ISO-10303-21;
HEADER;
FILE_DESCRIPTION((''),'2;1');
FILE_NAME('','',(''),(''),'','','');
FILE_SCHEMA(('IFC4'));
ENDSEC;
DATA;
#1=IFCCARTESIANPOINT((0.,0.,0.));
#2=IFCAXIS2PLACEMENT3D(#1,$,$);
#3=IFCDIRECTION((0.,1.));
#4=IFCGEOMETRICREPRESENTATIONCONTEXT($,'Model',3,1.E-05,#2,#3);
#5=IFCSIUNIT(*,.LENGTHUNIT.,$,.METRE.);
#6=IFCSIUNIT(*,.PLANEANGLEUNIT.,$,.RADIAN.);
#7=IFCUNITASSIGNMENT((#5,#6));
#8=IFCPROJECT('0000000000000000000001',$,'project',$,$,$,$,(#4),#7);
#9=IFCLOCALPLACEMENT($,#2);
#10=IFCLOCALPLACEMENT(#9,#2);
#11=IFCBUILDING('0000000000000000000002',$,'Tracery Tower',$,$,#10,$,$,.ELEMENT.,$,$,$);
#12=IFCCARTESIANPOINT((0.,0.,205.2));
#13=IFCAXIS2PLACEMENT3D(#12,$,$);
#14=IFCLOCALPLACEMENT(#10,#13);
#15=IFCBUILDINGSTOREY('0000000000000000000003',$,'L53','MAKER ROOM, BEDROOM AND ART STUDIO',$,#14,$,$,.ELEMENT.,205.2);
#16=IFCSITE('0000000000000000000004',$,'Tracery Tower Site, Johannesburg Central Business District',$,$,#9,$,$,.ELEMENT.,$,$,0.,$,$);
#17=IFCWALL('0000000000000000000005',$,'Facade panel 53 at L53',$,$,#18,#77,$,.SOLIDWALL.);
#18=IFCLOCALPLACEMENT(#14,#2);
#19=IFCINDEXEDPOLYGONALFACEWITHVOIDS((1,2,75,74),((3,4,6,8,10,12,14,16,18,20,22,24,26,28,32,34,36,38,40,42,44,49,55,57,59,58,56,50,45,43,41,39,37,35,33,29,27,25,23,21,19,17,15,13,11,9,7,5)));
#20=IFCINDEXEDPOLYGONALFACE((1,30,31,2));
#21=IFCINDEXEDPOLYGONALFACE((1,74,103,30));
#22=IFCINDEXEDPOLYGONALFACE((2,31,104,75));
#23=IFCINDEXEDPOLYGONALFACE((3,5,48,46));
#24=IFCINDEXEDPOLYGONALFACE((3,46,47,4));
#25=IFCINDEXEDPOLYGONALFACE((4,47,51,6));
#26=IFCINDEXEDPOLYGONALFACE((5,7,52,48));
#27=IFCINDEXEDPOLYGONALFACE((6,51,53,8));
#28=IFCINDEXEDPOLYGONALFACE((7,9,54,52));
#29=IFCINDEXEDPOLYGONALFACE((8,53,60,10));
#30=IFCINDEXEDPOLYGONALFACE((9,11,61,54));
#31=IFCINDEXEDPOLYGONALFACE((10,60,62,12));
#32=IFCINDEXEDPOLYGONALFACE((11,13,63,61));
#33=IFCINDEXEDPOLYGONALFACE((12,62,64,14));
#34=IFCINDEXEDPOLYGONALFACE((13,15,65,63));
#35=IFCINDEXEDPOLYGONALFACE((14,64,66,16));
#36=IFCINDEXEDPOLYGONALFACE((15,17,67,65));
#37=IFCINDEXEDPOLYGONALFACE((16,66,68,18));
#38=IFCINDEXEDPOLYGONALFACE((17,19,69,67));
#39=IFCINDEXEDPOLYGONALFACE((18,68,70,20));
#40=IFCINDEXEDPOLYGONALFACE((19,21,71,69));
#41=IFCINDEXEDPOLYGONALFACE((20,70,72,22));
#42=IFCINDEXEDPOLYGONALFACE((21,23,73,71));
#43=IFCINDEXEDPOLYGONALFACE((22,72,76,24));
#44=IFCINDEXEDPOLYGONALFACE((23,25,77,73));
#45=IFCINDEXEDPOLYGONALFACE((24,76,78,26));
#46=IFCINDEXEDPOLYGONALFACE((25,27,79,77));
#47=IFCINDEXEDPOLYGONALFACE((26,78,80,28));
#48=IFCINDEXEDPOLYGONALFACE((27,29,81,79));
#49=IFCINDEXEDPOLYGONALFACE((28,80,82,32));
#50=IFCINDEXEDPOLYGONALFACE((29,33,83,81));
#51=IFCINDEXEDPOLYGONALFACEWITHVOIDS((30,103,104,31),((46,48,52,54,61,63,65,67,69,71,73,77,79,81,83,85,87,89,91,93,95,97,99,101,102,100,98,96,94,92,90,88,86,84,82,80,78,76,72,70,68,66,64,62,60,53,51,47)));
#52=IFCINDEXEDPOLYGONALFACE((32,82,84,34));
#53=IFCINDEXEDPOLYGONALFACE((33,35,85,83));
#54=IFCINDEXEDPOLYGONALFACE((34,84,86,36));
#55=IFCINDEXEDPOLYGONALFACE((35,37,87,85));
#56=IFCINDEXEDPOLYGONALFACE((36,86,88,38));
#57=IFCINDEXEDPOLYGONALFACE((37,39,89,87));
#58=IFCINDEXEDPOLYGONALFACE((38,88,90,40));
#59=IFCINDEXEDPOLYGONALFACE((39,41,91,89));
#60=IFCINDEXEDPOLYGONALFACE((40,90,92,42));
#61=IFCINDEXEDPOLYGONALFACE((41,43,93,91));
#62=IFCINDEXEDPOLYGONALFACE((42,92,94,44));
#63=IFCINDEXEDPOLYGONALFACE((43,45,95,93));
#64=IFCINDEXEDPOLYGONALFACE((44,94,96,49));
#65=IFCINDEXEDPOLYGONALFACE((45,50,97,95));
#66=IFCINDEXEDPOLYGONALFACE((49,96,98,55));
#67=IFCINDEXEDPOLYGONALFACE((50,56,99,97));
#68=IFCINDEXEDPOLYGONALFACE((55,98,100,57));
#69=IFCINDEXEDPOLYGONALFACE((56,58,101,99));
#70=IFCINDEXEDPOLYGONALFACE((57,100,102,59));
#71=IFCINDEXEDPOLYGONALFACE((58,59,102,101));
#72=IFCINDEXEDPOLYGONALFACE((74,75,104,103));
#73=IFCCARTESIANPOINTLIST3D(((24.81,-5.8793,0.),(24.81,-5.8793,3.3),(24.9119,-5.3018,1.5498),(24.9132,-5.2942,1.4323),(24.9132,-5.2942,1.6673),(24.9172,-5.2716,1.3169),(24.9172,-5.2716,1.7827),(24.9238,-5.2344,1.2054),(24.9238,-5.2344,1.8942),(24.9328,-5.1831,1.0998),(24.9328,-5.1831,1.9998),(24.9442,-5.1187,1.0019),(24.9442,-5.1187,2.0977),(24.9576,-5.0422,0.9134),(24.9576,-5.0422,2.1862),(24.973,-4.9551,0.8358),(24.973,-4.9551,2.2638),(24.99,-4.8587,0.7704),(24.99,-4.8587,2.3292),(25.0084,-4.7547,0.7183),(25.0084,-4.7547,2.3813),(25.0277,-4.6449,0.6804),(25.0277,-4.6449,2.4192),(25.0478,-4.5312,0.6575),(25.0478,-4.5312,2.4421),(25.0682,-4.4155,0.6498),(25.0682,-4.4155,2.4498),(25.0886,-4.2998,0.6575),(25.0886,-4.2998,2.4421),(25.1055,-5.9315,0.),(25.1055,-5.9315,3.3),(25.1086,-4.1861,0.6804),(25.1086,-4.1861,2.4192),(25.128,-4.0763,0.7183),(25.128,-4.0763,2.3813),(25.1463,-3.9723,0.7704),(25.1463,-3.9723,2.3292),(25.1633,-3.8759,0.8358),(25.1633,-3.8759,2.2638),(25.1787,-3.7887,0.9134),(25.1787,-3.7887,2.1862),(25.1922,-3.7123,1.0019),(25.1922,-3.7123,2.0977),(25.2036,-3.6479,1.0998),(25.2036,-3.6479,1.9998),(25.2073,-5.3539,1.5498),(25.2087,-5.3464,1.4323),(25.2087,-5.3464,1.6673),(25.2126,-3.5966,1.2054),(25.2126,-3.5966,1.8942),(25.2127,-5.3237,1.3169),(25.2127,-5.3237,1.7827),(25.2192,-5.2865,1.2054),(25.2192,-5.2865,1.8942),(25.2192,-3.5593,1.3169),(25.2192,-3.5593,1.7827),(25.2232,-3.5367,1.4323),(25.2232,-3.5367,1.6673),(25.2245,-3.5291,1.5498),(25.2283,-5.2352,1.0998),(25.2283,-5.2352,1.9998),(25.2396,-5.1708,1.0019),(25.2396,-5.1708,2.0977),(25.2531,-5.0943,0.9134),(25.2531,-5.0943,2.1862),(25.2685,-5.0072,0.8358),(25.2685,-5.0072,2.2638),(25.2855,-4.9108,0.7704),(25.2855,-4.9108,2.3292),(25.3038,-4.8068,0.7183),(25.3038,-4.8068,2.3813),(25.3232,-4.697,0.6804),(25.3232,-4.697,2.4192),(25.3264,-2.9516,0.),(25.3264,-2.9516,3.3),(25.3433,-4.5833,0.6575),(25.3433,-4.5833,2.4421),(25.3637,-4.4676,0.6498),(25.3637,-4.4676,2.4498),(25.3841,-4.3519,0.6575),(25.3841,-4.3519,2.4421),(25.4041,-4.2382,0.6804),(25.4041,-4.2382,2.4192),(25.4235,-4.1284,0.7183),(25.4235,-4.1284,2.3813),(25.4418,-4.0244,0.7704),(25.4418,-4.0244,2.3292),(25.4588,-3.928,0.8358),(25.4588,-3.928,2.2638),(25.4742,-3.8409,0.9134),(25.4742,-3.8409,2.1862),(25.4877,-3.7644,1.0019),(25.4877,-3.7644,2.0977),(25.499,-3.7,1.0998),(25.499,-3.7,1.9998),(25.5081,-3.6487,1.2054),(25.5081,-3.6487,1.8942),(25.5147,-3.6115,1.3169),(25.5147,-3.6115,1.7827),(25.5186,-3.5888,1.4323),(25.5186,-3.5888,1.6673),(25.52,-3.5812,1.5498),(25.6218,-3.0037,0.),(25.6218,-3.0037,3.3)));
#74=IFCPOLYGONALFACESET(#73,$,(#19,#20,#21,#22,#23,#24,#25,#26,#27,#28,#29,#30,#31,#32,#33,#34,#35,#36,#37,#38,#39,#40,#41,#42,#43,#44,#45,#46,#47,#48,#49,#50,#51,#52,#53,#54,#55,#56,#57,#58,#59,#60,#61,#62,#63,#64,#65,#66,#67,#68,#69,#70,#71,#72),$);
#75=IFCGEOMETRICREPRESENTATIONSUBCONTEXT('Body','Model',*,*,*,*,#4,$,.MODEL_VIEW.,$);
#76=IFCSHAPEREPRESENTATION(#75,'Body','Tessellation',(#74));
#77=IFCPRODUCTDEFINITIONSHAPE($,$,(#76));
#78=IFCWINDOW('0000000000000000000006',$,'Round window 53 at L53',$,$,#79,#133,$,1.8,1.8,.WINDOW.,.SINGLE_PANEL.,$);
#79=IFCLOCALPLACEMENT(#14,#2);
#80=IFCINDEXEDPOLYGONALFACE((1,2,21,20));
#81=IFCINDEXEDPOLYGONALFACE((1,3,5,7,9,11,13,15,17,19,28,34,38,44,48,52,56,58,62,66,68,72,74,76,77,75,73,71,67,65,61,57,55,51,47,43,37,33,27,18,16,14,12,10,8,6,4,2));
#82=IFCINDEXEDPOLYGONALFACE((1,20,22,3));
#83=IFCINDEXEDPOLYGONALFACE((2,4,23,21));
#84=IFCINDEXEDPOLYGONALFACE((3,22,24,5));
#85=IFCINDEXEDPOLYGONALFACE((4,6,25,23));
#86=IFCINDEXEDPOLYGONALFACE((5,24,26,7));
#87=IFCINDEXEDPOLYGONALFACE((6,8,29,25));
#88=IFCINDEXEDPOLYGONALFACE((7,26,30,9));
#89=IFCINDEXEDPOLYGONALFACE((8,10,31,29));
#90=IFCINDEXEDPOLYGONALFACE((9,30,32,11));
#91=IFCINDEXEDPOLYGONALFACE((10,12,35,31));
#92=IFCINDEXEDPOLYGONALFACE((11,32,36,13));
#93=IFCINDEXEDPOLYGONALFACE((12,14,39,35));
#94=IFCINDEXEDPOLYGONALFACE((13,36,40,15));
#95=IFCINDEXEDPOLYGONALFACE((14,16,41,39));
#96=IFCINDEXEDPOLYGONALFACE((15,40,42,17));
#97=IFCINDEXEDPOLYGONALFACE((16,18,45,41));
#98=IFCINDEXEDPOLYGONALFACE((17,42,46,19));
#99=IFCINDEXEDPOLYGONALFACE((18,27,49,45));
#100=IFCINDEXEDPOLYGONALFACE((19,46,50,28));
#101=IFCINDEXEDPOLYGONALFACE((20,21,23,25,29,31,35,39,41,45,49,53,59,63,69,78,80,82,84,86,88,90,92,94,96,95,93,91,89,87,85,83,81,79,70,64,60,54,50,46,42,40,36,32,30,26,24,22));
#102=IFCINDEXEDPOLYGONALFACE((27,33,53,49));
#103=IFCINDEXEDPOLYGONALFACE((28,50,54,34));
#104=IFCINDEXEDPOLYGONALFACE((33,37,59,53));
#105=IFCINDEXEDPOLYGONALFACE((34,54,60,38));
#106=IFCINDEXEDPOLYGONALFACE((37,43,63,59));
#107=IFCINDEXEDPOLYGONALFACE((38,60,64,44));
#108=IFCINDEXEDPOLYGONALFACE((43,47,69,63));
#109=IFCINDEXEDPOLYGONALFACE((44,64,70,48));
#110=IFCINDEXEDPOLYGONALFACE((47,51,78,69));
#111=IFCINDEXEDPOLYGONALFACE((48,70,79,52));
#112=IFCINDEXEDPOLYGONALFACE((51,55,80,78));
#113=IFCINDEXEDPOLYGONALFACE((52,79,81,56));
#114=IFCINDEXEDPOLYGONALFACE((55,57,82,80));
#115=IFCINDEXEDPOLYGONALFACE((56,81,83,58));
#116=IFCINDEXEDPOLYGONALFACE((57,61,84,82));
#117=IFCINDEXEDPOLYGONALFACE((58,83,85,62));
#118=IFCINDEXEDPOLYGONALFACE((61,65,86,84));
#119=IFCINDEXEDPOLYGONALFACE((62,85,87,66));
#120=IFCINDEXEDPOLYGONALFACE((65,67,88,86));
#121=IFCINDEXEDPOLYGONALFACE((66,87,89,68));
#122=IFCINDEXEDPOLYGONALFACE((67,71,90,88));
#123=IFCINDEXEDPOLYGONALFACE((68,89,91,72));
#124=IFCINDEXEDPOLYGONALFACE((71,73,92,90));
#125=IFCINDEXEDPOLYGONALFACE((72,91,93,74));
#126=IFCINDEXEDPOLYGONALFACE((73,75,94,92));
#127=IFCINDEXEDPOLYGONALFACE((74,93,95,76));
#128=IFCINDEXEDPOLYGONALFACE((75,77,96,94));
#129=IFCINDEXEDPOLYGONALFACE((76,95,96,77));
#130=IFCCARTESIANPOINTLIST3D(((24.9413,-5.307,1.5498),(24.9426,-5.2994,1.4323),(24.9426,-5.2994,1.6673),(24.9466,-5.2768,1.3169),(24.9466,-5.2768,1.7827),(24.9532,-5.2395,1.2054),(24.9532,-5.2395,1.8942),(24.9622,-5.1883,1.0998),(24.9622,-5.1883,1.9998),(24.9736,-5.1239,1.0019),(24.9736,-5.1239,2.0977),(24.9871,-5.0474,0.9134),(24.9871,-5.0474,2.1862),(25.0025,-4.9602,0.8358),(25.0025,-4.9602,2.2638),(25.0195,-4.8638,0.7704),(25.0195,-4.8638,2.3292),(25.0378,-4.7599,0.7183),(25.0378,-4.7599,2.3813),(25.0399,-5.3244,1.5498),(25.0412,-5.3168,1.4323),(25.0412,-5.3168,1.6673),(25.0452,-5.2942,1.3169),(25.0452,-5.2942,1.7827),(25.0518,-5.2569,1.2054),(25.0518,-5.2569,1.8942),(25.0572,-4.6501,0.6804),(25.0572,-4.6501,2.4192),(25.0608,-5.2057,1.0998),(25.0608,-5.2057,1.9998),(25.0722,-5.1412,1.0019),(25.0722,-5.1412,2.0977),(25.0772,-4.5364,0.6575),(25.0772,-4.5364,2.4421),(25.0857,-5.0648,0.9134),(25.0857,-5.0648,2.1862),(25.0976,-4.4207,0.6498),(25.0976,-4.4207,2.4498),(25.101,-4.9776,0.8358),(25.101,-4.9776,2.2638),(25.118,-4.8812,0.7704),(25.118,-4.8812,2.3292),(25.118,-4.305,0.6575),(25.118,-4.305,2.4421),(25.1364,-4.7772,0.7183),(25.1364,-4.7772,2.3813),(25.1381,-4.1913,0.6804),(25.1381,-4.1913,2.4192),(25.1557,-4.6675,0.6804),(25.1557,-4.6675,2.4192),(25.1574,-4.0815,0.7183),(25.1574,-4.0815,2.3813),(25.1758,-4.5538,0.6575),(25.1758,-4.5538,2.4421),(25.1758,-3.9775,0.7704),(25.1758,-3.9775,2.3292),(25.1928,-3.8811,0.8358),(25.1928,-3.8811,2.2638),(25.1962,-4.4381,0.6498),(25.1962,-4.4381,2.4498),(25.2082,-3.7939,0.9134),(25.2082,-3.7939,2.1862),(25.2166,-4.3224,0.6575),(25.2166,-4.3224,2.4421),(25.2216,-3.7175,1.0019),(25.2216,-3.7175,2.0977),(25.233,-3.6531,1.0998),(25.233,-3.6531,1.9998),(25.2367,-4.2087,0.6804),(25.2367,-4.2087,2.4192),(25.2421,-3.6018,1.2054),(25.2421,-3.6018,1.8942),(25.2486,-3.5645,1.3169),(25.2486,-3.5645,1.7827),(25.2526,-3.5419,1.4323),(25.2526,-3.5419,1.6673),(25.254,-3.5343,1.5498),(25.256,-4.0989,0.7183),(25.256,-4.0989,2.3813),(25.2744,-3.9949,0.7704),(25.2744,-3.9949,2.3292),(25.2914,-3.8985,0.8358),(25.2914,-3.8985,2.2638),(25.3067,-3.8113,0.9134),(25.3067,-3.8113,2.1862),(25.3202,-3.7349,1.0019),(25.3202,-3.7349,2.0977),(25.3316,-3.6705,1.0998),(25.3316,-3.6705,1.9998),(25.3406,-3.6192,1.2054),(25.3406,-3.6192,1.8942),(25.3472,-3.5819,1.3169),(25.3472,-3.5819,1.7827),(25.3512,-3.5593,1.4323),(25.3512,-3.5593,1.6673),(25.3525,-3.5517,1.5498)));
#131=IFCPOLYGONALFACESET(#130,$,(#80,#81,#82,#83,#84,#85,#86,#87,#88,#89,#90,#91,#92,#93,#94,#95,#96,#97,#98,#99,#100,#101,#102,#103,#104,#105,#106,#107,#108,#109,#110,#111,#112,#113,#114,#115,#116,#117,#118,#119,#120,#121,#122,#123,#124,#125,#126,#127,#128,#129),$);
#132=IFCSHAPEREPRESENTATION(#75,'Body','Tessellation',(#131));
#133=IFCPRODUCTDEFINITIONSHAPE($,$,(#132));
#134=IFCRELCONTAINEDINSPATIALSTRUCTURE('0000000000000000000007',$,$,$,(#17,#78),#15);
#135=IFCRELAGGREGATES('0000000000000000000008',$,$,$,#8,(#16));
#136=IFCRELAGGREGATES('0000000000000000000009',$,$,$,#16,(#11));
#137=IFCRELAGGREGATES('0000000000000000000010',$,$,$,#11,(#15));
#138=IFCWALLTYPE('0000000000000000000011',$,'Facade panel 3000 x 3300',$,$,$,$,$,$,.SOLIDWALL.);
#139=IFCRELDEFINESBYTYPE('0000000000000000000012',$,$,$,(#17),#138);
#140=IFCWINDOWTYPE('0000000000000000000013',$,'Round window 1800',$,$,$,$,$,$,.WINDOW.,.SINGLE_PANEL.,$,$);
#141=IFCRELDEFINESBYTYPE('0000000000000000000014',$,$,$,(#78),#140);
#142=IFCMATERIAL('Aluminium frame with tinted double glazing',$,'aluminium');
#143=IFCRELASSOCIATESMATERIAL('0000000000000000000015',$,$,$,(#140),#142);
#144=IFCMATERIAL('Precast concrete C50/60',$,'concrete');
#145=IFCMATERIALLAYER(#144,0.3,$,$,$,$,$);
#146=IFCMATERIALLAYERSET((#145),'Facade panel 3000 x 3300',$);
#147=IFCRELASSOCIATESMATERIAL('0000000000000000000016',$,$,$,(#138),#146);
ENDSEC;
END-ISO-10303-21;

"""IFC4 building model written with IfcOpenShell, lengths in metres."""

from ifc_helpers import new_model, si_unit, direction, frame, frame_2d, origin, origin_2d, place, context, subcontext, project, spatial, rectangle, circle, extrude, material, layer, layer_set, type_object, element, fill, save


model = new_model("IFC4")

# Units and contexts
model_context = context("Model", 3, precision=1e-05, world=origin(), true_north=direction((0.0, 1.0)))
body_context = subcontext(model_context, "Body", "Model", "MODEL_VIEW")
ifc_project = project(units=[si_unit("LENGTHUNIT", "METRE"), si_unit("PLANEANGLEUNIT", "RADIAN")], contexts=[model_context])

# Site, building, storey
site_placement = place(None, origin())
site = spatial("IfcSite", under=ifc_project, at=site_placement, Name="Tracery Tower Site, Johannesburg Central Business District", CompositionType="ELEMENT", RefElevation=0.0)
building_placement = place(site_placement, origin())
building = spatial("IfcBuilding", under=site, at=building_placement, Name="Tracery Tower", CompositionType="ELEMENT")
storey_placement = place(building_placement, frame((0.0, 0.0, 205.2)))
storey = spatial("IfcBuildingStorey", under=building, at=storey_placement, Name="L53", Description="MAKER ROOM, BEDROOM AND ART STUDIO", CompositionType="ELEMENT", Elevation=205.2)

# Wall, opening, window
ifc_material_1 = material(Name="Aluminium frame with tinted double glazing", Category="aluminium")
window_type = type_object("IfcWindowType", Name="Round window 1800", PartitioningType="SINGLE_PANEL", PredefinedType="WINDOW", material=ifc_material_1)
ifc_material_2 = material(Name="Precast concrete C50/60", Category="concrete")
ifc_layer_1 = layer(ifc_material_2, 0.3)
ifc_layer_set_1 = layer_set([ifc_layer_1], Name="Facade panel 3000 x 3300")
wall_type_1 = type_object("IfcWallType", Name="Facade panel 3000 x 3300", PredefinedType="SOLIDWALL", material=ifc_layer_set_1)
wall_1_placement = place(storey_placement, frame((24.9578, -5.9053, 0.0), z_axis=(0.0, 0.0, 1.0), x_axis=(0.173687, 0.984801, 0.0)))
wall_1 = element("IfcWall", 1, at=wall_1_placement, inside=storey, type_object=wall_type_1, Name="Facade panel 53 at L53", PredefinedType="SOLIDWALL", context=body_context, shape_type="SweptSolid", body=[
    extrude(rectangle(XDim=2.9729, YDim=0.3, at=frame_2d((1.4863, 0.0))), origin(), (0.0, 0.0, 1.0), 3.3),
])
opening_1_placement = place(wall_1_placement, frame((1.4863, 0.0, 1.5498)))
opening_1 = element("IfcOpeningElement", 2, at=opening_1_placement, cuts=wall_1, PredefinedType="OPENING", context=body_context, shape_type="SweptSolid", body=[
    extrude(circle(Radius=0.9, at=origin_2d()), frame((0.0, 0.1599, 0.0), z_axis=(0.0, -1.0, 0.0), x_axis=(1.0, 0.0, 0.0)), (0.0, 0.0, 1.0), 0.3201),
])
window_1_placement = place(opening_1_placement, origin())
window_1 = element("IfcWindow", 3, at=window_1_placement, inside=storey, type_object=window_type, Name="Round window 53 at L53", OverallHeight=1.8, OverallWidth=1.8, PartitioningType="SINGLE_PANEL", PredefinedType="WINDOW", context=body_context, shape_type="SweptSolid", body=[
    extrude(circle(Radius=0.9, at=origin_2d()), frame((0.0, 0.1201, 0.0), z_axis=(0.0, -1.0, 0.0), x_axis=(1.0, 0.0, 0.0)), (0.0, 0.0, 1.0), 0.1001),
])
fill(opening_1, window_1)

save(model, "model.ifc")
